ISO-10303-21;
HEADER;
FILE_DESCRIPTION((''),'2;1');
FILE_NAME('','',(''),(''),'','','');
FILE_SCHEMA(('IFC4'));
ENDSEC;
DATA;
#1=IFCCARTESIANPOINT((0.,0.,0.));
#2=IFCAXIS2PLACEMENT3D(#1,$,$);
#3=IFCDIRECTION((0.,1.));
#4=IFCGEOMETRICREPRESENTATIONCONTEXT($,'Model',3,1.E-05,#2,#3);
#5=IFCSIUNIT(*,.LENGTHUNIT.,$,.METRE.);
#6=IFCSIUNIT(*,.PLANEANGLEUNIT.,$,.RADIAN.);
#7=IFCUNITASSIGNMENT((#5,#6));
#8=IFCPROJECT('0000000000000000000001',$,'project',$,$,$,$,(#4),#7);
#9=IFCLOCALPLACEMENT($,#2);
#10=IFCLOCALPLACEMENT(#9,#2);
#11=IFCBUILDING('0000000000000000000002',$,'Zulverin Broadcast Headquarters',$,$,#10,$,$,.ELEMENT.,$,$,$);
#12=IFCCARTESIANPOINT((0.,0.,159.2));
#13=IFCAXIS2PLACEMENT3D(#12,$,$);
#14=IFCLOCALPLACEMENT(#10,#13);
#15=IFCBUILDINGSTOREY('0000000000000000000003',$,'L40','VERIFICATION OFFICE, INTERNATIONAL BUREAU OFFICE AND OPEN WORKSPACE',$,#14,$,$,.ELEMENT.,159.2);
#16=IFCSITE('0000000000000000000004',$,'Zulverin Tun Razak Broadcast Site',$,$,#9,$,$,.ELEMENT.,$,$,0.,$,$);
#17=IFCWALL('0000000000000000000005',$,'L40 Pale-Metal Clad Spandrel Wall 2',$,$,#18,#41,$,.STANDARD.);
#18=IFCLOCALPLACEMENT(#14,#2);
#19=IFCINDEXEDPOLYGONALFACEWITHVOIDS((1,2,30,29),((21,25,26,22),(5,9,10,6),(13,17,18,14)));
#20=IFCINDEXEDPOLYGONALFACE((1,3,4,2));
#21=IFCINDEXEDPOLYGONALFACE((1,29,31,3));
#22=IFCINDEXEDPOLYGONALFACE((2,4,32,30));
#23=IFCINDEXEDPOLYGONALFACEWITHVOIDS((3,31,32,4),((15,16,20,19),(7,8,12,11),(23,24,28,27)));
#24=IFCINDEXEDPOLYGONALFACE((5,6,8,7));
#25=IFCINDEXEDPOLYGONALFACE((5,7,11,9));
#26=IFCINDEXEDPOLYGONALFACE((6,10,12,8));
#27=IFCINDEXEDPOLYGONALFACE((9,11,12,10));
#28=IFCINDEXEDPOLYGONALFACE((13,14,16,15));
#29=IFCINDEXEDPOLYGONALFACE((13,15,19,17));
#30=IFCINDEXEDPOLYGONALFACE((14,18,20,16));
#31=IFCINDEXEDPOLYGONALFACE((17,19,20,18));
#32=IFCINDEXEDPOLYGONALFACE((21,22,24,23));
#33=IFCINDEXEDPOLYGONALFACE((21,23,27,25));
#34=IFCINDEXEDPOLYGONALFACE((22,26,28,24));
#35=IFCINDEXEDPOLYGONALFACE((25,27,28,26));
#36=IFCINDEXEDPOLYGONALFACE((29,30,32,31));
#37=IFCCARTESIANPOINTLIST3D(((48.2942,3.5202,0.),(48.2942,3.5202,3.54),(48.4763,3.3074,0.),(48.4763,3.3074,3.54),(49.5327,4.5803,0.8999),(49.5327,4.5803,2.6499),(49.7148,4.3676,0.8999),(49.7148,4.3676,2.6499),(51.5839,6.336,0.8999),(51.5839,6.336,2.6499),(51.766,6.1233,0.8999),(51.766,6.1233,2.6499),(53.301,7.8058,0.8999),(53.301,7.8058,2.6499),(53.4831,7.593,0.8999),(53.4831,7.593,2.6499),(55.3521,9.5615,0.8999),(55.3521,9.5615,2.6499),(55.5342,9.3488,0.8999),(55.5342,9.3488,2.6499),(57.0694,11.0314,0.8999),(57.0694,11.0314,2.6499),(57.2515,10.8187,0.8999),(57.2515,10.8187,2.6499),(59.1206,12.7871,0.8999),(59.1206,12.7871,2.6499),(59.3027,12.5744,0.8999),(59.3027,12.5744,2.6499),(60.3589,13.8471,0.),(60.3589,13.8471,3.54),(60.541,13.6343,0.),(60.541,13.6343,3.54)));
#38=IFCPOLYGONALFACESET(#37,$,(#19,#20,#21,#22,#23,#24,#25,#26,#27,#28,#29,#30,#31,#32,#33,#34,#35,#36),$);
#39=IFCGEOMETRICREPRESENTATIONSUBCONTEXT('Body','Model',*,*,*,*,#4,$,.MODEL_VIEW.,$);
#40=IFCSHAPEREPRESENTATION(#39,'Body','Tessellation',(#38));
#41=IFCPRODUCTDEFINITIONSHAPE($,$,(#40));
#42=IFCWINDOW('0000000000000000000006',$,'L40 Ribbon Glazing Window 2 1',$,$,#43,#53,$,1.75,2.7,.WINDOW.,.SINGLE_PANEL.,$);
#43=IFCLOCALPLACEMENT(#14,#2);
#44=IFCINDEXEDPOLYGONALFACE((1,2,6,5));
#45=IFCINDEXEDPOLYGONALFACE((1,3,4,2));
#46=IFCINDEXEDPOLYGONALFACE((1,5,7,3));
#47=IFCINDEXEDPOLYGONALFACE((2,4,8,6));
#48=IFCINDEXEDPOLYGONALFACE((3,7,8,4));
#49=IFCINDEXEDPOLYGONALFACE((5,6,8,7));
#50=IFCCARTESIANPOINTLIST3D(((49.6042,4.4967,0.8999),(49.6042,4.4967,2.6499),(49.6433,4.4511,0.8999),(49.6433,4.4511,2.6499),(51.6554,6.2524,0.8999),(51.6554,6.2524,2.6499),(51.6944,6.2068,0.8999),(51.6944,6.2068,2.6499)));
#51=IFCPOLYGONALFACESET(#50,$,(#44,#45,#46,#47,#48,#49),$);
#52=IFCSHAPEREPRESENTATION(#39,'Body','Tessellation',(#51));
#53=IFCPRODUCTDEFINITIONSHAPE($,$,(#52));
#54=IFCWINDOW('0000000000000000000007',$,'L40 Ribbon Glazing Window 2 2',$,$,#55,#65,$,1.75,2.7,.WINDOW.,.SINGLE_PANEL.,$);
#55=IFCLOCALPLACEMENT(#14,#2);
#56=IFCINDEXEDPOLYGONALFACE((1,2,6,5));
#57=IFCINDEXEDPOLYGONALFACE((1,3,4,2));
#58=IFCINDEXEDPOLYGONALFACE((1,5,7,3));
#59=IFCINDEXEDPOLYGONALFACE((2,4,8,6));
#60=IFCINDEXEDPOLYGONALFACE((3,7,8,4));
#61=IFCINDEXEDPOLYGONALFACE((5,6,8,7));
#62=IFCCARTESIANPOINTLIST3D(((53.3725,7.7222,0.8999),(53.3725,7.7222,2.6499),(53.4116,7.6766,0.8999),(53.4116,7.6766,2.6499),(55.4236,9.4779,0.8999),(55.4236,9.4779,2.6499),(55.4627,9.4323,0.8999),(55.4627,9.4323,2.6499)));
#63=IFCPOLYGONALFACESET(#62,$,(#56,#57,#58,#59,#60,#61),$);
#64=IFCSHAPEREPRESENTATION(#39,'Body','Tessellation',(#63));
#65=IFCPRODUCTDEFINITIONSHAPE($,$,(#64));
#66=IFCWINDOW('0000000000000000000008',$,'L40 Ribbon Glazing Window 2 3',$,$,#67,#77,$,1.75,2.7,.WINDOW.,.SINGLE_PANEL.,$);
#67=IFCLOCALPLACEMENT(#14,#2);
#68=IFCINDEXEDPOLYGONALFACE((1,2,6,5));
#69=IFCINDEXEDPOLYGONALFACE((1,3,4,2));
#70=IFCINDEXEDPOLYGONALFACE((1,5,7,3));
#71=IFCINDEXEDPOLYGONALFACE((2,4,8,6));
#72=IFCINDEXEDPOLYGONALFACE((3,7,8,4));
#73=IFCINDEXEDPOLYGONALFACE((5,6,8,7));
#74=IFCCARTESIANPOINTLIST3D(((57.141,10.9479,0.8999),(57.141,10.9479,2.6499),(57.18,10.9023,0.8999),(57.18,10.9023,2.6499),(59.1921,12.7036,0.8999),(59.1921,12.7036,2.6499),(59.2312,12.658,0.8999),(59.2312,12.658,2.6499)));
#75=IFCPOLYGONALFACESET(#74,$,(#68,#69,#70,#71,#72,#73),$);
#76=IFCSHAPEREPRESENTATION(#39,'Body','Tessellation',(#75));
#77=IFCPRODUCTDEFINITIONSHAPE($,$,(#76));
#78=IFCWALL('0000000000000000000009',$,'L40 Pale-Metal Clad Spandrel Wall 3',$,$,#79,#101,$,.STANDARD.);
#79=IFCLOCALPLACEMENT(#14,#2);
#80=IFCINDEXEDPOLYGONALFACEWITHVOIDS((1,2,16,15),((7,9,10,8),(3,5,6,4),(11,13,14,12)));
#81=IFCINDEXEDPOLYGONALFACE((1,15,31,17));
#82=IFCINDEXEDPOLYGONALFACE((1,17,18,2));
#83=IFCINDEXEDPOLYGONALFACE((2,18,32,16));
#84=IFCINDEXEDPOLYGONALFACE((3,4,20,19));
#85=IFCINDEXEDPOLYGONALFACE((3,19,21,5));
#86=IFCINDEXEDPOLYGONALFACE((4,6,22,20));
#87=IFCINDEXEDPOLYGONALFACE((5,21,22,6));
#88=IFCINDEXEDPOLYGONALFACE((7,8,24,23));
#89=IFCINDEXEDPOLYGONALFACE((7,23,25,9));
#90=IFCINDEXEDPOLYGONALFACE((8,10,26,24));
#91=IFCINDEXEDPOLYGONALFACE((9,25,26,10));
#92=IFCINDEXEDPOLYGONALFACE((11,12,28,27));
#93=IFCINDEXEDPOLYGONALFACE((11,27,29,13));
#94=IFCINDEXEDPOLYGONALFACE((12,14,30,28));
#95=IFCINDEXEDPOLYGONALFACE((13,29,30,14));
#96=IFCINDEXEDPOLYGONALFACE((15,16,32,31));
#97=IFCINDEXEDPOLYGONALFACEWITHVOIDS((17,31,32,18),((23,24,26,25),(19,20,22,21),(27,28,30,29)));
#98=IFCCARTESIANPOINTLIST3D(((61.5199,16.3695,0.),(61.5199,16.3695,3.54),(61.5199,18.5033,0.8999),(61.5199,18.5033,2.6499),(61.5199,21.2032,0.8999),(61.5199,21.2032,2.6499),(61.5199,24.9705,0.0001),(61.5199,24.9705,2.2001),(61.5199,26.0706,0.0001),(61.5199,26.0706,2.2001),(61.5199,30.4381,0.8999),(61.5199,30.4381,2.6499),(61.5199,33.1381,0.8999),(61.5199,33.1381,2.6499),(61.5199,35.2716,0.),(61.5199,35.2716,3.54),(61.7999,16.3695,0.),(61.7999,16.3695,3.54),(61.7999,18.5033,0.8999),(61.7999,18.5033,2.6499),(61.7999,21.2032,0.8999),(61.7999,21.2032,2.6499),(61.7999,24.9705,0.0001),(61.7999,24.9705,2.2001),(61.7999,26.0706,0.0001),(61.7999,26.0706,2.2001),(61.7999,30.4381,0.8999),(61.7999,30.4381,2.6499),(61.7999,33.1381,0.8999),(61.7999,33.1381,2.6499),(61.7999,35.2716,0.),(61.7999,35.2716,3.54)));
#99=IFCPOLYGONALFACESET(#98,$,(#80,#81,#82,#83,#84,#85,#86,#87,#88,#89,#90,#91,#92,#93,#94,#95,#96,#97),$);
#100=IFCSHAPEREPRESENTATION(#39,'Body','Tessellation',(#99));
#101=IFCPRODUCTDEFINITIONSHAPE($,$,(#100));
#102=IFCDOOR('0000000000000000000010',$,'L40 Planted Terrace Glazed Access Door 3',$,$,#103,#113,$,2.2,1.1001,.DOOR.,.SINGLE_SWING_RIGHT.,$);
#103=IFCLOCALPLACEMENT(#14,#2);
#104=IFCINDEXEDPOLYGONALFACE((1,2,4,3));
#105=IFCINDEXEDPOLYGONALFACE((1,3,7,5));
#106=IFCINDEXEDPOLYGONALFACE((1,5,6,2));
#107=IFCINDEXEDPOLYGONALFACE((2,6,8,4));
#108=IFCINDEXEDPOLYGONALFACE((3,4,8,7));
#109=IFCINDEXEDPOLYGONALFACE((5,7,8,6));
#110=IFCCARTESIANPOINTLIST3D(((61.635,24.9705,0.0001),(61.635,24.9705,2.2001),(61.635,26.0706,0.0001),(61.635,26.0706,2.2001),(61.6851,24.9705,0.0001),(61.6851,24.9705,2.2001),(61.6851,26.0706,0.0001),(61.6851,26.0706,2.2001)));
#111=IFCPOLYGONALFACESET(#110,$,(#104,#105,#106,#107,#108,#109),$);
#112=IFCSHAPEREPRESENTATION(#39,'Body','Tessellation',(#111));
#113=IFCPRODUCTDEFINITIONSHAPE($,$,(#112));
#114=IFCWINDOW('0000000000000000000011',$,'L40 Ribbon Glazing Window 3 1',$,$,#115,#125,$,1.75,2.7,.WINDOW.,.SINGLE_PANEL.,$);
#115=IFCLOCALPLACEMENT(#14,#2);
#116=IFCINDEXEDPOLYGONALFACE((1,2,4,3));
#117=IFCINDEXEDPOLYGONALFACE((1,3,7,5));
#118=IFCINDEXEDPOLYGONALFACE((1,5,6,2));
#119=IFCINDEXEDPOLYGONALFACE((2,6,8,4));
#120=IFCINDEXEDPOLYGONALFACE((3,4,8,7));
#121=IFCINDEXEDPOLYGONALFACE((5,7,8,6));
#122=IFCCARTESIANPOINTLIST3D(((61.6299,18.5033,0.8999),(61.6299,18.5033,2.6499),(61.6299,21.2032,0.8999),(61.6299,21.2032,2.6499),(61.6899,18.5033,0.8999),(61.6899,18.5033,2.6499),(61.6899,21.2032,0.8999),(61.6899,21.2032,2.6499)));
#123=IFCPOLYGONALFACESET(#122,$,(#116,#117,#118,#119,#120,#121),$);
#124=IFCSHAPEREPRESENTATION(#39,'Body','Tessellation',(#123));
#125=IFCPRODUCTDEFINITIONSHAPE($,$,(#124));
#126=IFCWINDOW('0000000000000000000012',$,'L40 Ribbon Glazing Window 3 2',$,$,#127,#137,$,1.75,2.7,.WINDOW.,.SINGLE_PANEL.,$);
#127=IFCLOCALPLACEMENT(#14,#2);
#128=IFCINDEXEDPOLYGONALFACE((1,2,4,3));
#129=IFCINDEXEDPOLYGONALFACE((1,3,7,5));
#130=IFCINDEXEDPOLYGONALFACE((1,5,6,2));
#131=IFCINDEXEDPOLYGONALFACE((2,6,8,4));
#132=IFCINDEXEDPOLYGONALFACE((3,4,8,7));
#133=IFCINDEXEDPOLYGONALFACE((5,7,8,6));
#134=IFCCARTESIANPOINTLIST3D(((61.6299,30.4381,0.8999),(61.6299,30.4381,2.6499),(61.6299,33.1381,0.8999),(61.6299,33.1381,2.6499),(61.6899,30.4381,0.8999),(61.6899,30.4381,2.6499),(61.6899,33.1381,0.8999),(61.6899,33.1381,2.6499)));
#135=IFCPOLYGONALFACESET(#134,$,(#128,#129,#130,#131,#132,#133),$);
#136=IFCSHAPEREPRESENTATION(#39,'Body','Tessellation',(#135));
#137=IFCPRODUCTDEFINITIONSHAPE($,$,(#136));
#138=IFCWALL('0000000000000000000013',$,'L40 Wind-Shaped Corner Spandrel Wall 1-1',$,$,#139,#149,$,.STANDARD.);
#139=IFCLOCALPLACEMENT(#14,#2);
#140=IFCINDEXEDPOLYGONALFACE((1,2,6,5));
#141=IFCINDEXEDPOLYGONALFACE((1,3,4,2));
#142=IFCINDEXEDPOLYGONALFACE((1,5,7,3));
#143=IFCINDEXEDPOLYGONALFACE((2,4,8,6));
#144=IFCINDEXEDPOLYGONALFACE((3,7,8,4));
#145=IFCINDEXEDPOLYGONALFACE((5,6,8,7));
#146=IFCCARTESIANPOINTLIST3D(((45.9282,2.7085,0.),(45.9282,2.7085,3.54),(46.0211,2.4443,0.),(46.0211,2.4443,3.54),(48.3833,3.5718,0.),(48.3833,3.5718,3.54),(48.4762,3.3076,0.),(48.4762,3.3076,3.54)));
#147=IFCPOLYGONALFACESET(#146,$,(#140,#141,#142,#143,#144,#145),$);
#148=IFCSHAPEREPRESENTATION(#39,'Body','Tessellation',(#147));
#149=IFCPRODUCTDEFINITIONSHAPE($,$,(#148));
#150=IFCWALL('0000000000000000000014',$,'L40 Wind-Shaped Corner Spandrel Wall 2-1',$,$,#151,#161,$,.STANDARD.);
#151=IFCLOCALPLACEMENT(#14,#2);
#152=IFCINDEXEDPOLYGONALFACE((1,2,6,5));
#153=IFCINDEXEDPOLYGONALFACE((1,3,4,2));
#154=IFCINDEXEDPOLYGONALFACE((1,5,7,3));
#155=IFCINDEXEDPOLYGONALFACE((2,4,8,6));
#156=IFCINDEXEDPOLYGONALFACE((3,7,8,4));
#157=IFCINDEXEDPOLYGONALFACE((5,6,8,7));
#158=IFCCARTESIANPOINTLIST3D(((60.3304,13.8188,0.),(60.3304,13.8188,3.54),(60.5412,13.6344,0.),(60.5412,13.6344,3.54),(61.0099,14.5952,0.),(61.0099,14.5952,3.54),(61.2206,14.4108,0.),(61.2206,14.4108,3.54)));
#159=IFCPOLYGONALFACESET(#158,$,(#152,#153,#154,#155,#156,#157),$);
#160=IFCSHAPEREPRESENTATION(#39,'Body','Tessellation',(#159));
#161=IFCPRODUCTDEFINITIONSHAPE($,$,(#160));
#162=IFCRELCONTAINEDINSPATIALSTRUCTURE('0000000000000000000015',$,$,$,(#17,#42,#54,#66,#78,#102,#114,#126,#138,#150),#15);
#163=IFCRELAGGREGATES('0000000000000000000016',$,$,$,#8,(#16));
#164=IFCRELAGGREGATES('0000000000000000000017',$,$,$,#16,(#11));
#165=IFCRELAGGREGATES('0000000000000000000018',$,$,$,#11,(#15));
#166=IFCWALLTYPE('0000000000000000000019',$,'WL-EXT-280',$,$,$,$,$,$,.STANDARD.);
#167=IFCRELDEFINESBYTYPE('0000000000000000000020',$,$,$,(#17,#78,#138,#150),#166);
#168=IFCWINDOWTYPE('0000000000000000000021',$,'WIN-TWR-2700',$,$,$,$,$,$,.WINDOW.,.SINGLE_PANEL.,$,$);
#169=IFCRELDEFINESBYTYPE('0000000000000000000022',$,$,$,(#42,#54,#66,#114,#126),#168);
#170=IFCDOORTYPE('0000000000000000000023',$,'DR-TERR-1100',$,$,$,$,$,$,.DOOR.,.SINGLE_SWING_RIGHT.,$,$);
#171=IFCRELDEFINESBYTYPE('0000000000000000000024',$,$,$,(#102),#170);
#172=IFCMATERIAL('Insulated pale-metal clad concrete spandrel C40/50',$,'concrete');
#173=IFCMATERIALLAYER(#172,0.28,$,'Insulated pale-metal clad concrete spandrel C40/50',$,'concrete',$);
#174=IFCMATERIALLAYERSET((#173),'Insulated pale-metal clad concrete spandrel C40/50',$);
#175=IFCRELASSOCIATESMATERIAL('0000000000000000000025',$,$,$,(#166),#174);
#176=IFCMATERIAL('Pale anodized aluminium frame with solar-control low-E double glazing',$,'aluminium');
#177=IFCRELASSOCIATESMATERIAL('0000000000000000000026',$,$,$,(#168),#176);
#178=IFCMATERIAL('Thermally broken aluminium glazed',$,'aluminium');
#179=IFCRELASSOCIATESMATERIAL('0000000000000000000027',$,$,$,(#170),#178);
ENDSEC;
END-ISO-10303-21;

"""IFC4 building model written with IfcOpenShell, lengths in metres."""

from ifc_helpers import new_model, si_unit, direction, frame, frame_2d, origin, place, context, subcontext, project, spatial, rectangle, extrude, material, layer, layer_set, type_object, element, fill, save


model = new_model("IFC4")

# Units and contexts
model_context = context("Model", 3, precision=1e-05, world=origin(), true_north=direction((0.0, 1.0)))
body_context = subcontext(model_context, "Body", "Model", "MODEL_VIEW")
ifc_project = project(units=[si_unit("LENGTHUNIT", "METRE"), si_unit("PLANEANGLEUNIT", "RADIAN")], contexts=[model_context])

# Site, building, storey
site_placement = place(None, origin())
site = spatial("IfcSite", under=ifc_project, at=site_placement, Name="Zulverin Tun Razak Broadcast Site", CompositionType="ELEMENT", RefElevation=0.0)
building_placement = place(site_placement, origin())
building = spatial("IfcBuilding", under=site, at=building_placement, Name="Zulverin Broadcast Headquarters", CompositionType="ELEMENT")
storey_placement = place(building_placement, frame((0.0, 0.0, 159.2)))
storey = spatial("IfcBuildingStorey", under=building, at=storey_placement, Name="L40", Description="VERIFICATION OFFICE, INTERNATIONAL BUREAU OFFICE AND OPEN WORKSPACE", CompositionType="ELEMENT", Elevation=159.2)

# Wall, openings, windows
ifc_material_1 = material(Name="Insulated pale-metal clad concrete spandrel C40/50", Category="concrete")
ifc_layer_1 = layer(ifc_material_1, 0.28, Name="Insulated pale-metal clad concrete spandrel C40/50", Category="concrete")
ifc_layer_set_1 = layer_set([ifc_layer_1], Name="Insulated pale-metal clad concrete spandrel C40/50")
wall_type_1 = type_object("IfcWallType", Name="WL-EXT-280", PredefinedType="STANDARD", material=ifc_layer_set_1)
wall_1_placement = place(storey_placement, frame((48.3853, 3.4138, 0.0), z_axis=(0.0, 0.0, 1.0), x_axis=(0.7597, 0.650273, 0.0)))
wall_1 = element("IfcWall", 1, at=wall_1_placement, inside=storey, type_object=wall_type_1, Name="L40 Pale-Metal Clad Spandrel Wall 2", PredefinedType="STANDARD", context=body_context, shape_type="SweptSolid", body=[
    extrude(rectangle(XDim=15.8809, YDim=0.28, at=frame_2d((7.9404, 0.0))), origin(), (0.0, 0.0, 1.0), 3.54),
])
opening_1_placement = place(wall_1_placement, frame((1.6301, 0.0, 0.8999)))
opening_1 = element("IfcOpeningElement", 2, at=opening_1_placement, cuts=wall_1, PredefinedType="OPENING", context=body_context, shape_type="SweptSolid", body=[
    extrude(rectangle(XDim=2.7, YDim=1.75, at=frame_2d((1.3501, 0.875))), frame((0.0, 0.1499, 0.0), z_axis=(0.0, -1.0, 0.0), x_axis=(1.0, 0.0, 0.0)), (0.0, 0.0, 1.0), 0.3),
])
opening_2_placement = place(wall_1_placement, frame((6.5903, 0.0, 0.8999)))
opening_2 = element("IfcOpeningElement", 3, at=opening_2_placement, cuts=wall_1, PredefinedType="OPENING", context=body_context, shape_type="SweptSolid", body=[
    extrude(rectangle(XDim=2.7, YDim=1.75, at=frame_2d((1.3501, 0.875))), frame((0.0, 0.1499, 0.0), z_axis=(0.0, -1.0, 0.0), x_axis=(1.0, 0.0, 0.0)), (0.0, 0.0, 1.0), 0.3),
])
opening_3_placement = place(wall_1_placement, frame((11.5508, 0.0, 0.8999)))
opening_3 = element("IfcOpeningElement", 4, at=opening_3_placement, cuts=wall_1, PredefinedType="OPENING", context=body_context, shape_type="SweptSolid", body=[
    extrude(rectangle(XDim=2.7, YDim=1.75, at=frame_2d((1.3501, 0.875))), frame((0.0, 0.1499, 0.0), z_axis=(0.0, -1.0, 0.0), x_axis=(1.0, 0.0, 0.0)), (0.0, 0.0, 1.0), 0.3),
])
ifc_material_2 = material(Name="Pale anodized aluminium frame with solar-control low-E double glazing", Category="aluminium")
window_type = type_object("IfcWindowType", Name="WIN-TWR-2700", PartitioningType="SINGLE_PANEL", PredefinedType="WINDOW", material=ifc_material_2)
window_1_placement = place(opening_1_placement, origin())
window_1 = element("IfcWindow", 5, at=window_1_placement, inside=storey, type_object=window_type, Name="L40 Ribbon Glazing Window 2 1", OverallHeight=1.75, OverallWidth=2.7, PartitioningType="SINGLE_PANEL", PredefinedType="WINDOW", context=body_context, shape_type="SweptSolid", body=[
    extrude(rectangle(XDim=2.7, YDim=1.75, at=frame_2d((1.3501, 0.875))), frame((0.0, 0.03, 0.0), z_axis=(0.0, -1.0, 0.0), x_axis=(1.0, 0.0, 0.0)), (0.0, 0.0, 1.0), 0.0601),
])
fill(opening_1, window_1)
window_2_placement = place(opening_2_placement, origin())
window_2 = element("IfcWindow", 6, at=window_2_placement, inside=storey, type_object=window_type, Name="L40 Ribbon Glazing Window 2 2", OverallHeight=1.75, OverallWidth=2.7, PartitioningType="SINGLE_PANEL", PredefinedType="WINDOW", context=body_context, shape_type="SweptSolid", body=[
    extrude(rectangle(XDim=2.7, YDim=1.75, at=frame_2d((1.3501, 0.875))), frame((0.0, 0.03, 0.0), z_axis=(0.0, -1.0, 0.0), x_axis=(1.0, 0.0, 0.0)), (0.0, 0.0, 1.0), 0.0601),
])
fill(opening_2, window_2)
window_3_placement = place(opening_3_placement, origin())
window_3 = element("IfcWindow", 7, at=window_3_placement, inside=storey, type_object=window_type, Name="L40 Ribbon Glazing Window 2 3", OverallHeight=1.75, OverallWidth=2.7, PartitioningType="SINGLE_PANEL", PredefinedType="WINDOW", context=body_context, shape_type="SweptSolid", body=[
    extrude(rectangle(XDim=2.7, YDim=1.75, at=frame_2d((1.3501, 0.875))), frame((0.0, 0.03, 0.0), z_axis=(0.0, -1.0, 0.0), x_axis=(1.0, 0.0, 0.0)), (0.0, 0.0, 1.0), 0.0601),
])
fill(opening_3, window_3)

# Wall, openings, door, windows
wall_2_placement = place(storey_placement, frame((61.6599, 16.3694, 0.0), z_axis=(0.0, 0.0, 1.0), x_axis=(0.0, 1.0, 0.0)))
wall_2 = element("IfcWall", 8, at=wall_2_placement, inside=storey, type_object=wall_type_1, Name="L40 Pale-Metal Clad Spandrel Wall 3", PredefinedType="STANDARD", context=body_context, shape_type="SweptSolid", body=[
    extrude(rectangle(XDim=18.9021, YDim=0.28, at=frame_2d((9.4512, 0.0))), origin(), (0.0, 0.0, 1.0), 3.54),
])
opening_4_placement = place(wall_2_placement, frame((8.6011, 0.0, 0.0)))
opening_4 = element("IfcOpeningElement", 9, at=opening_4_placement, cuts=wall_2, PredefinedType="OPENING", context=body_context, shape_type="SweptSolid", body=[
    extrude(rectangle(XDim=1.1001, YDim=2.2, at=frame_2d((0.55, 1.1001))), frame((0.0, 0.1499, 0.0), z_axis=(0.0, -1.0, 0.0), x_axis=(1.0, 0.0, 0.0)), (0.0, 0.0, 1.0), 0.3),
])
opening_5_placement = place(wall_2_placement, frame((2.1338, 0.0, 0.8999)))
opening_5 = element("IfcOpeningElement", 10, at=opening_5_placement, cuts=wall_2, PredefinedType="OPENING", context=body_context, shape_type="SweptSolid", body=[
    extrude(rectangle(XDim=2.7, YDim=1.75, at=frame_2d((1.3501, 0.875))), frame((0.0, 0.1499, 0.0), z_axis=(0.0, -1.0, 0.0), x_axis=(1.0, 0.0, 0.0)), (0.0, 0.0, 1.0), 0.3),
])
opening_6_placement = place(wall_2_placement, frame((14.0686, 0.0, 0.8999)))
opening_6 = element("IfcOpeningElement", 11, at=opening_6_placement, cuts=wall_2, PredefinedType="OPENING", context=body_context, shape_type="SweptSolid", body=[
    extrude(rectangle(XDim=2.7, YDim=1.75, at=frame_2d((1.3501, 0.875))), frame((0.0, 0.1499, 0.0), z_axis=(0.0, -1.0, 0.0), x_axis=(1.0, 0.0, 0.0)), (0.0, 0.0, 1.0), 0.3),
])
ifc_material_3 = material(Name="Thermally broken aluminium glazed", Category="aluminium")
door_type = type_object("IfcDoorType", Name="DR-TERR-1100", OperationType="SINGLE_SWING_RIGHT", PredefinedType="DOOR", material=ifc_material_3)
door_placement = place(opening_4_placement, origin())
door = element("IfcDoor", 12, at=door_placement, inside=storey, type_object=door_type, Name="L40 Planted Terrace Glazed Access Door 3", OperationType="SINGLE_SWING_RIGHT", OverallHeight=2.2, OverallWidth=1.1001, PredefinedType="DOOR", context=body_context, shape_type="SweptSolid", body=[
    extrude(rectangle(XDim=1.1001, YDim=2.2, at=frame_2d((0.55, 1.1001))), frame((0.0, 0.0249, 0.0), z_axis=(0.0, -1.0, 0.0), x_axis=(1.0, 0.0, 0.0)), (0.0, 0.0, 1.0), 0.05),
])
fill(opening_4, door)
window_4_placement = place(opening_5_placement, origin())
window_4 = element("IfcWindow", 13, at=window_4_placement, inside=storey, type_object=window_type, Name="L40 Ribbon Glazing Window 3 1", OverallHeight=1.75, OverallWidth=2.7, PartitioningType="SINGLE_PANEL", PredefinedType="WINDOW", context=body_context, shape_type="SweptSolid", body=[
    extrude(rectangle(XDim=2.7, YDim=1.75, at=frame_2d((1.3501, 0.875))), frame((0.0, 0.03, 0.0), z_axis=(0.0, -1.0, 0.0), x_axis=(1.0, 0.0, 0.0)), (0.0, 0.0, 1.0), 0.0601),
])
fill(opening_5, window_4)
window_5_placement = place(opening_6_placement, origin())
window_5 = element("IfcWindow", 14, at=window_5_placement, inside=storey, type_object=window_type, Name="L40 Ribbon Glazing Window 3 2", OverallHeight=1.75, OverallWidth=2.7, PartitioningType="SINGLE_PANEL", PredefinedType="WINDOW", context=body_context, shape_type="SweptSolid", body=[
    extrude(rectangle(XDim=2.7, YDim=1.75, at=frame_2d((1.3501, 0.875))), frame((0.0, 0.03, 0.0), z_axis=(0.0, -1.0, 0.0), x_axis=(1.0, 0.0, 0.0)), (0.0, 0.0, 1.0), 0.0601),
])
fill(opening_6, window_5)

# Walls
wall_3_placement = place(storey_placement, frame((45.9746, 2.5764, 0.0), z_axis=(0.0, 0.0, 1.0), x_axis=(0.943378, 0.331721, 0.0)))
element("IfcWall", 15, at=wall_3_placement, inside=storey, type_object=wall_type_1, Name="L40 Wind-Shaped Corner Spandrel Wall 1-1", PredefinedType="STANDARD", context=body_context, shape_type="SweptSolid", body=[
    extrude(rectangle(XDim=2.6025, YDim=0.28, at=frame_2d((1.3013, 0.0))), origin(), (0.0, 0.0, 1.0), 3.54),
])
wall_4_placement = place(storey_placement, frame((60.4358, 13.7266, 0.0), z_axis=(0.0, 0.0, 1.0), x_axis=(0.658572, 0.752518, 0.0)))
element("IfcWall", 16, at=wall_4_placement, inside=storey, type_object=wall_type_1, Name="L40 Wind-Shaped Corner Spandrel Wall 2-1", PredefinedType="STANDARD", context=body_context, shape_type="SweptSolid", body=[
    extrude(rectangle(XDim=1.0317, YDim=0.28, at=frame_2d((0.5159, 0.0))), origin(), (0.0, 0.0, 1.0), 3.54),
])

save(model, "model.ifc")
